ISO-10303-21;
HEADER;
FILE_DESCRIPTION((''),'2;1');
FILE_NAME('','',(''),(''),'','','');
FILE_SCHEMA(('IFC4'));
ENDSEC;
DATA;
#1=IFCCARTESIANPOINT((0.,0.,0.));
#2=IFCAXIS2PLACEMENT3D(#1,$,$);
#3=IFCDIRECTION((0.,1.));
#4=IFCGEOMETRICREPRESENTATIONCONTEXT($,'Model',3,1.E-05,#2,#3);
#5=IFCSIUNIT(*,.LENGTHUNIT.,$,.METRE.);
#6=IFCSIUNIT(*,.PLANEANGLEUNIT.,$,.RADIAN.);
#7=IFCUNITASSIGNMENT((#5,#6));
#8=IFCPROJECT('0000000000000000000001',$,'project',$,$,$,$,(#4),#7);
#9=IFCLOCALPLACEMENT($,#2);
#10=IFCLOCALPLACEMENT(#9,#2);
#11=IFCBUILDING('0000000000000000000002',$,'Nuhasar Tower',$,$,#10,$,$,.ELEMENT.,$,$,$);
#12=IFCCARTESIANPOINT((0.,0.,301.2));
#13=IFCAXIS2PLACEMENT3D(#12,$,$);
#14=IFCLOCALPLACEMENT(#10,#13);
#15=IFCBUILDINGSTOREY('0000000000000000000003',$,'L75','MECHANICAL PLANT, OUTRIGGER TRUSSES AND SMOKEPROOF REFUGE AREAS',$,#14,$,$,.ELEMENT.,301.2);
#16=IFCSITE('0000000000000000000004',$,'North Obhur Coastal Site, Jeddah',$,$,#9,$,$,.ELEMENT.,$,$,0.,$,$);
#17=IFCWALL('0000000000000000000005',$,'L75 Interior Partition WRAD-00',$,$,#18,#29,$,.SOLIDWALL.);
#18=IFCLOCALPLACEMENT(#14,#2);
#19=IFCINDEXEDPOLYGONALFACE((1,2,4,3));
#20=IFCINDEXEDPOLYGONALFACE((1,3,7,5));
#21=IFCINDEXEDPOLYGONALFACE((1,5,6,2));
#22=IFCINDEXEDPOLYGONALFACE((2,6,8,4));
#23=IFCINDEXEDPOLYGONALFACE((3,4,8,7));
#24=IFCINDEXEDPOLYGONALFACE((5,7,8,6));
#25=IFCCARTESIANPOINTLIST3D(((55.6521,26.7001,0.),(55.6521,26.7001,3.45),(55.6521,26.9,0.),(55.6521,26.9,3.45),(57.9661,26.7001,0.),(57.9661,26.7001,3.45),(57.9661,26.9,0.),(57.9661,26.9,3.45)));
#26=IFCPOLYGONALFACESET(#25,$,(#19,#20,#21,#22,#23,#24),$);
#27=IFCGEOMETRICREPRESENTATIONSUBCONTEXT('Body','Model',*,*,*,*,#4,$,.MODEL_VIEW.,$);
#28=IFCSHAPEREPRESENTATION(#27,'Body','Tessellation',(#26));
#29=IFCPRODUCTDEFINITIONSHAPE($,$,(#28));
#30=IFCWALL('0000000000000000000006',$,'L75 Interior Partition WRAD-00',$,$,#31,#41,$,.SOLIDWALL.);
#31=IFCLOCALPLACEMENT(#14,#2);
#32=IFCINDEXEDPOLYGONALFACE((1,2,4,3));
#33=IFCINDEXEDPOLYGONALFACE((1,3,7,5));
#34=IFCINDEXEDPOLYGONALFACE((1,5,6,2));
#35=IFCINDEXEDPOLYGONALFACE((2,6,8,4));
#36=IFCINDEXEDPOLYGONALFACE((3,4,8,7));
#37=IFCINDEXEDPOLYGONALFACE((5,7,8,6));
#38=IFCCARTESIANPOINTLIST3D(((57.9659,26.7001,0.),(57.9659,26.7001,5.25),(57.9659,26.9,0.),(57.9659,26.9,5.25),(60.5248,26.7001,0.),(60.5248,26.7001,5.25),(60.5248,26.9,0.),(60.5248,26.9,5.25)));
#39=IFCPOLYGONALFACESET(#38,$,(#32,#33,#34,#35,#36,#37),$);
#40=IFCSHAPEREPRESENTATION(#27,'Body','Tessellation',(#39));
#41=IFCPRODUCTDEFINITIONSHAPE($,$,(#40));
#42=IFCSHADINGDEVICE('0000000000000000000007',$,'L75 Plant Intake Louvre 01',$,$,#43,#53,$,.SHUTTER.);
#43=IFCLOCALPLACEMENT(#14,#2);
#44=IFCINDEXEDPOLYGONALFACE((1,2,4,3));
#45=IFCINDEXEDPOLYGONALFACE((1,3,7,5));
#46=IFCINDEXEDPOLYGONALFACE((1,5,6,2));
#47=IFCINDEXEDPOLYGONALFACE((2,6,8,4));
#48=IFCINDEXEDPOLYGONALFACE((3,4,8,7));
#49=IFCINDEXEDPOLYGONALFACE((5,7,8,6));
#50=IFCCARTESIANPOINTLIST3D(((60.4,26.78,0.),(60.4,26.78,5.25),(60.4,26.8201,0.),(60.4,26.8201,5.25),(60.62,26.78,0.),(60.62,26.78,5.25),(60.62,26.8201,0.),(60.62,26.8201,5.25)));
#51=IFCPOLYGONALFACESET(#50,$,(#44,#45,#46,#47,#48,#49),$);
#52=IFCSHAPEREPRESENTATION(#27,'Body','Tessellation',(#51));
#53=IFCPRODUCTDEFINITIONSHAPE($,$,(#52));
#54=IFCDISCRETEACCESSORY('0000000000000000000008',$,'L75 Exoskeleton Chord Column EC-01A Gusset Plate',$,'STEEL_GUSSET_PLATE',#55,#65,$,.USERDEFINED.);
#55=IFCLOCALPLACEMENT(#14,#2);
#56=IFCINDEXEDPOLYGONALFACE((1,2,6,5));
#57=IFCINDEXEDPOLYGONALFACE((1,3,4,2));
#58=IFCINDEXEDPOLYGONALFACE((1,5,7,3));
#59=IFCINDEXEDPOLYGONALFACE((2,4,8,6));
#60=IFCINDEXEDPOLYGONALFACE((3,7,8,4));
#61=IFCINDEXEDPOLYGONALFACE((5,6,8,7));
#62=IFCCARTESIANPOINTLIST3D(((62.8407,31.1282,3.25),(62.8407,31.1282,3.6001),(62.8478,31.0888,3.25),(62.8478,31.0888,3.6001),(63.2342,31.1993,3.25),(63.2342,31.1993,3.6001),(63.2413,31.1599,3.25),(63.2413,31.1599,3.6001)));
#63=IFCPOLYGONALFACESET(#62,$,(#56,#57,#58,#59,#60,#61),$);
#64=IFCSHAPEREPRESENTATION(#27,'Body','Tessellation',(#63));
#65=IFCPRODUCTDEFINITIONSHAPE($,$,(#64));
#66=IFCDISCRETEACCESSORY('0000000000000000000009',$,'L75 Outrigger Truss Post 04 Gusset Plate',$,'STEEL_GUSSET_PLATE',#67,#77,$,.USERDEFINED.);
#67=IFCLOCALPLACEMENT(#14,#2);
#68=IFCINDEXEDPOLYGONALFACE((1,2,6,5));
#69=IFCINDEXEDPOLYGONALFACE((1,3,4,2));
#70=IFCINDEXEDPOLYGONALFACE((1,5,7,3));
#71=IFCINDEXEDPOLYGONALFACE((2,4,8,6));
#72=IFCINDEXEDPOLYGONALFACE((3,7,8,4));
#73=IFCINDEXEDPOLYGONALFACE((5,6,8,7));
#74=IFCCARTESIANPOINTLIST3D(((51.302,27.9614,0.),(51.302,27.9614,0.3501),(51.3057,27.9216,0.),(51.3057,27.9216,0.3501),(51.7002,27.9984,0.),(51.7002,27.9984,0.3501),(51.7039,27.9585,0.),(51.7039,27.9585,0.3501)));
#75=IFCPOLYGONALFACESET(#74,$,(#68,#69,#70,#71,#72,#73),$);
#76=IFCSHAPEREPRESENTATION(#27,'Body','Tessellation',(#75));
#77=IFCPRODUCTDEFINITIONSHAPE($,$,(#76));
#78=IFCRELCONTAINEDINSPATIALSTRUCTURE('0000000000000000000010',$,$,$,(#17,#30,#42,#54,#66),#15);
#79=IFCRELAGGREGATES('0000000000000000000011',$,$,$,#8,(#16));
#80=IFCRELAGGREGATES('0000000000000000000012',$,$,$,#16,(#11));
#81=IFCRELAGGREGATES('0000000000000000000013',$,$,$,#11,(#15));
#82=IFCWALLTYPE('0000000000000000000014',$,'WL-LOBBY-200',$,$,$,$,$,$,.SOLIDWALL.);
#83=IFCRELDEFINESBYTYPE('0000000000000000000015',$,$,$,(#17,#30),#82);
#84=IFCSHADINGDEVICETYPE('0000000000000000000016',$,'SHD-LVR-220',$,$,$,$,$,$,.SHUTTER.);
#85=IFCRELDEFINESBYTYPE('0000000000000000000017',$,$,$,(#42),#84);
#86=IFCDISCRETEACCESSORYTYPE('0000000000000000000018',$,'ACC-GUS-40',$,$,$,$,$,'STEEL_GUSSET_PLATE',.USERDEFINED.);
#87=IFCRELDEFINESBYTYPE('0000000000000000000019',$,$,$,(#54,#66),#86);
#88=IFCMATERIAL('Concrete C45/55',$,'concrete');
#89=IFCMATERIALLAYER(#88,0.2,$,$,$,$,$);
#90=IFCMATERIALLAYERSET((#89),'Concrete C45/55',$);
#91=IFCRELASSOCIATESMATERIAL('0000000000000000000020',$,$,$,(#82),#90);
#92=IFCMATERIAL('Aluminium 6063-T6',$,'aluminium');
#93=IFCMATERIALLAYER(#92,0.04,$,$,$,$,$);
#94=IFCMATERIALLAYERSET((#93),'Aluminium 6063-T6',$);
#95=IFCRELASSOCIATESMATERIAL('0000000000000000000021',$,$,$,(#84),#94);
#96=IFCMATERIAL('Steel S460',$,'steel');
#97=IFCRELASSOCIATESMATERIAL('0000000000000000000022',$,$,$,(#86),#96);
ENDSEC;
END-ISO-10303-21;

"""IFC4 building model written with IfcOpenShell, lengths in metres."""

from ifc_helpers import new_model, si_unit, direction, frame, frame_2d, origin, origin_2d, place, context, subcontext, project, spatial, rectangle, extrude, material, layer, layer_set, type_object, element, save


model = new_model("IFC4")

# Units and contexts
model_context = context("Model", 3, precision=1e-05, world=origin(), true_north=direction((0.0, 1.0)))
body_context = subcontext(model_context, "Body", "Model", "MODEL_VIEW")
ifc_project = project(units=[si_unit("LENGTHUNIT", "METRE"), si_unit("PLANEANGLEUNIT", "RADIAN")], contexts=[model_context])

# Site, building, storey
site_placement = place(None, origin())
site = spatial("IfcSite", under=ifc_project, at=site_placement, Name="North Obhur Coastal Site, Jeddah", CompositionType="ELEMENT", RefElevation=0.0)
building_placement = place(site_placement, origin())
building = spatial("IfcBuilding", under=site, at=building_placement, Name="Nuhasar Tower", CompositionType="ELEMENT")
storey_placement = place(building_placement, frame((0.0, 0.0, 301.2)))
storey = spatial("IfcBuildingStorey", under=building, at=storey_placement, Name="L75", Description="MECHANICAL PLANT, OUTRIGGER TRUSSES AND SMOKEPROOF REFUGE AREAS", CompositionType="ELEMENT", Elevation=301.2)

# Shared definitions
ifc_material_1 = material(Name="Steel S460", Category="steel")

# Shared definitions
ifc_material_2 = material(Name="Aluminium 6063-T6", Category="aluminium")

# Walls
ifc_material_3 = material(Name="Concrete C45/55", Category="concrete")
ifc_layer_1 = layer(ifc_material_3, 0.2)
ifc_layer_set_1 = layer_set([ifc_layer_1], Name="Concrete C45/55")
wall_type = type_object("IfcWallType", Name="WL-LOBBY-200", PredefinedType="SOLIDWALL", material=ifc_layer_set_1)
wall_1_placement = place(storey_placement, frame((55.6521, 26.8, 0.0), z_axis=(0.0, 0.0, 1.0), x_axis=(1.0, 0.0, 0.0)))
element("IfcWall", 1, at=wall_1_placement, inside=storey, type_object=wall_type, Name="L75 Interior Partition WRAD-00", PredefinedType="SOLIDWALL", context=body_context, shape_type="SweptSolid", body=[
    extrude(rectangle(XDim=2.314, YDim=0.2, at=frame_2d((1.157, 0.0))), origin(), (0.0, 0.0, 1.0), 3.45),
])
wall_2_placement = place(storey_placement, frame((57.9661, 26.8, 0.0), z_axis=(0.0, 0.0, 1.0), x_axis=(1.0, 0.0, 0.0)))
element("IfcWall", 2, at=wall_2_placement, inside=storey, type_object=wall_type, Name="L75 Interior Partition WRAD-00", PredefinedType="SOLIDWALL", context=body_context, shape_type="SweptSolid", body=[
    extrude(rectangle(XDim=2.5588, YDim=0.2, at=frame_2d((1.2793, 0.0))), origin(), (0.0, 0.0, 1.0), 5.25),
])

# Shading device
ifc_layer_2 = layer(ifc_material_2, 0.04)
ifc_layer_set_2 = layer_set([ifc_layer_2], Name="Aluminium 6063-T6")
shading_device_type = type_object("IfcShadingDeviceType", Name="SHD-LVR-220", PredefinedType="SHUTTER", material=ifc_layer_set_2)
shading_device_placement = place(storey_placement, frame((60.51, 26.8, 0.0), z_axis=(0.0, 0.0, 1.0), x_axis=(1.0, 0.0, 0.0)))
element("IfcShadingDevice", 3, at=shading_device_placement, inside=storey, type_object=shading_device_type, Name="L75 Plant Intake Louvre 01", PredefinedType="SHUTTER", context=body_context, shape_type="SweptSolid", body=[
    extrude(rectangle(XDim=0.22, YDim=0.04, at=origin_2d()), origin(), (0.0, 0.0, 1.0), 5.25),
])

# Discrete accessories
discrete_accessory_type = type_object("IfcDiscreteAccessoryType", Name="ACC-GUS-40", ElementType="STEEL_GUSSET_PLATE", PredefinedType="USERDEFINED", material=ifc_material_1)
for number, where, z_axis, x_axis, name in (
    (4, (63.041, 31.144, 3.25), (0.0, 0.0, 1.0), (0.984062, 0.177823, 0.0), "L75 Exoskeleton Chord Column EC-01A Gusset Plate"),
    (5, (51.5029, 27.96, 0.0), (0.0, 0.0, 1.0), (0.995723, 0.092388, 0.0), "L75 Outrigger Truss Post 04 Gusset Plate"),
):
    element("IfcDiscreteAccessory", number, at=place(storey_placement, frame(where, z_axis=z_axis, x_axis=x_axis)), inside=storey, type_object=discrete_accessory_type, Name=name, ObjectType="STEEL_GUSSET_PLATE", PredefinedType="USERDEFINED", context=body_context, shape_type="SweptSolid", body=[
        extrude(rectangle(XDim=0.3999, YDim=0.04, at=origin_2d()), origin(), (0.0, 0.0, 1.0), 0.3501),
    ])

save(model, "model.ifc")
